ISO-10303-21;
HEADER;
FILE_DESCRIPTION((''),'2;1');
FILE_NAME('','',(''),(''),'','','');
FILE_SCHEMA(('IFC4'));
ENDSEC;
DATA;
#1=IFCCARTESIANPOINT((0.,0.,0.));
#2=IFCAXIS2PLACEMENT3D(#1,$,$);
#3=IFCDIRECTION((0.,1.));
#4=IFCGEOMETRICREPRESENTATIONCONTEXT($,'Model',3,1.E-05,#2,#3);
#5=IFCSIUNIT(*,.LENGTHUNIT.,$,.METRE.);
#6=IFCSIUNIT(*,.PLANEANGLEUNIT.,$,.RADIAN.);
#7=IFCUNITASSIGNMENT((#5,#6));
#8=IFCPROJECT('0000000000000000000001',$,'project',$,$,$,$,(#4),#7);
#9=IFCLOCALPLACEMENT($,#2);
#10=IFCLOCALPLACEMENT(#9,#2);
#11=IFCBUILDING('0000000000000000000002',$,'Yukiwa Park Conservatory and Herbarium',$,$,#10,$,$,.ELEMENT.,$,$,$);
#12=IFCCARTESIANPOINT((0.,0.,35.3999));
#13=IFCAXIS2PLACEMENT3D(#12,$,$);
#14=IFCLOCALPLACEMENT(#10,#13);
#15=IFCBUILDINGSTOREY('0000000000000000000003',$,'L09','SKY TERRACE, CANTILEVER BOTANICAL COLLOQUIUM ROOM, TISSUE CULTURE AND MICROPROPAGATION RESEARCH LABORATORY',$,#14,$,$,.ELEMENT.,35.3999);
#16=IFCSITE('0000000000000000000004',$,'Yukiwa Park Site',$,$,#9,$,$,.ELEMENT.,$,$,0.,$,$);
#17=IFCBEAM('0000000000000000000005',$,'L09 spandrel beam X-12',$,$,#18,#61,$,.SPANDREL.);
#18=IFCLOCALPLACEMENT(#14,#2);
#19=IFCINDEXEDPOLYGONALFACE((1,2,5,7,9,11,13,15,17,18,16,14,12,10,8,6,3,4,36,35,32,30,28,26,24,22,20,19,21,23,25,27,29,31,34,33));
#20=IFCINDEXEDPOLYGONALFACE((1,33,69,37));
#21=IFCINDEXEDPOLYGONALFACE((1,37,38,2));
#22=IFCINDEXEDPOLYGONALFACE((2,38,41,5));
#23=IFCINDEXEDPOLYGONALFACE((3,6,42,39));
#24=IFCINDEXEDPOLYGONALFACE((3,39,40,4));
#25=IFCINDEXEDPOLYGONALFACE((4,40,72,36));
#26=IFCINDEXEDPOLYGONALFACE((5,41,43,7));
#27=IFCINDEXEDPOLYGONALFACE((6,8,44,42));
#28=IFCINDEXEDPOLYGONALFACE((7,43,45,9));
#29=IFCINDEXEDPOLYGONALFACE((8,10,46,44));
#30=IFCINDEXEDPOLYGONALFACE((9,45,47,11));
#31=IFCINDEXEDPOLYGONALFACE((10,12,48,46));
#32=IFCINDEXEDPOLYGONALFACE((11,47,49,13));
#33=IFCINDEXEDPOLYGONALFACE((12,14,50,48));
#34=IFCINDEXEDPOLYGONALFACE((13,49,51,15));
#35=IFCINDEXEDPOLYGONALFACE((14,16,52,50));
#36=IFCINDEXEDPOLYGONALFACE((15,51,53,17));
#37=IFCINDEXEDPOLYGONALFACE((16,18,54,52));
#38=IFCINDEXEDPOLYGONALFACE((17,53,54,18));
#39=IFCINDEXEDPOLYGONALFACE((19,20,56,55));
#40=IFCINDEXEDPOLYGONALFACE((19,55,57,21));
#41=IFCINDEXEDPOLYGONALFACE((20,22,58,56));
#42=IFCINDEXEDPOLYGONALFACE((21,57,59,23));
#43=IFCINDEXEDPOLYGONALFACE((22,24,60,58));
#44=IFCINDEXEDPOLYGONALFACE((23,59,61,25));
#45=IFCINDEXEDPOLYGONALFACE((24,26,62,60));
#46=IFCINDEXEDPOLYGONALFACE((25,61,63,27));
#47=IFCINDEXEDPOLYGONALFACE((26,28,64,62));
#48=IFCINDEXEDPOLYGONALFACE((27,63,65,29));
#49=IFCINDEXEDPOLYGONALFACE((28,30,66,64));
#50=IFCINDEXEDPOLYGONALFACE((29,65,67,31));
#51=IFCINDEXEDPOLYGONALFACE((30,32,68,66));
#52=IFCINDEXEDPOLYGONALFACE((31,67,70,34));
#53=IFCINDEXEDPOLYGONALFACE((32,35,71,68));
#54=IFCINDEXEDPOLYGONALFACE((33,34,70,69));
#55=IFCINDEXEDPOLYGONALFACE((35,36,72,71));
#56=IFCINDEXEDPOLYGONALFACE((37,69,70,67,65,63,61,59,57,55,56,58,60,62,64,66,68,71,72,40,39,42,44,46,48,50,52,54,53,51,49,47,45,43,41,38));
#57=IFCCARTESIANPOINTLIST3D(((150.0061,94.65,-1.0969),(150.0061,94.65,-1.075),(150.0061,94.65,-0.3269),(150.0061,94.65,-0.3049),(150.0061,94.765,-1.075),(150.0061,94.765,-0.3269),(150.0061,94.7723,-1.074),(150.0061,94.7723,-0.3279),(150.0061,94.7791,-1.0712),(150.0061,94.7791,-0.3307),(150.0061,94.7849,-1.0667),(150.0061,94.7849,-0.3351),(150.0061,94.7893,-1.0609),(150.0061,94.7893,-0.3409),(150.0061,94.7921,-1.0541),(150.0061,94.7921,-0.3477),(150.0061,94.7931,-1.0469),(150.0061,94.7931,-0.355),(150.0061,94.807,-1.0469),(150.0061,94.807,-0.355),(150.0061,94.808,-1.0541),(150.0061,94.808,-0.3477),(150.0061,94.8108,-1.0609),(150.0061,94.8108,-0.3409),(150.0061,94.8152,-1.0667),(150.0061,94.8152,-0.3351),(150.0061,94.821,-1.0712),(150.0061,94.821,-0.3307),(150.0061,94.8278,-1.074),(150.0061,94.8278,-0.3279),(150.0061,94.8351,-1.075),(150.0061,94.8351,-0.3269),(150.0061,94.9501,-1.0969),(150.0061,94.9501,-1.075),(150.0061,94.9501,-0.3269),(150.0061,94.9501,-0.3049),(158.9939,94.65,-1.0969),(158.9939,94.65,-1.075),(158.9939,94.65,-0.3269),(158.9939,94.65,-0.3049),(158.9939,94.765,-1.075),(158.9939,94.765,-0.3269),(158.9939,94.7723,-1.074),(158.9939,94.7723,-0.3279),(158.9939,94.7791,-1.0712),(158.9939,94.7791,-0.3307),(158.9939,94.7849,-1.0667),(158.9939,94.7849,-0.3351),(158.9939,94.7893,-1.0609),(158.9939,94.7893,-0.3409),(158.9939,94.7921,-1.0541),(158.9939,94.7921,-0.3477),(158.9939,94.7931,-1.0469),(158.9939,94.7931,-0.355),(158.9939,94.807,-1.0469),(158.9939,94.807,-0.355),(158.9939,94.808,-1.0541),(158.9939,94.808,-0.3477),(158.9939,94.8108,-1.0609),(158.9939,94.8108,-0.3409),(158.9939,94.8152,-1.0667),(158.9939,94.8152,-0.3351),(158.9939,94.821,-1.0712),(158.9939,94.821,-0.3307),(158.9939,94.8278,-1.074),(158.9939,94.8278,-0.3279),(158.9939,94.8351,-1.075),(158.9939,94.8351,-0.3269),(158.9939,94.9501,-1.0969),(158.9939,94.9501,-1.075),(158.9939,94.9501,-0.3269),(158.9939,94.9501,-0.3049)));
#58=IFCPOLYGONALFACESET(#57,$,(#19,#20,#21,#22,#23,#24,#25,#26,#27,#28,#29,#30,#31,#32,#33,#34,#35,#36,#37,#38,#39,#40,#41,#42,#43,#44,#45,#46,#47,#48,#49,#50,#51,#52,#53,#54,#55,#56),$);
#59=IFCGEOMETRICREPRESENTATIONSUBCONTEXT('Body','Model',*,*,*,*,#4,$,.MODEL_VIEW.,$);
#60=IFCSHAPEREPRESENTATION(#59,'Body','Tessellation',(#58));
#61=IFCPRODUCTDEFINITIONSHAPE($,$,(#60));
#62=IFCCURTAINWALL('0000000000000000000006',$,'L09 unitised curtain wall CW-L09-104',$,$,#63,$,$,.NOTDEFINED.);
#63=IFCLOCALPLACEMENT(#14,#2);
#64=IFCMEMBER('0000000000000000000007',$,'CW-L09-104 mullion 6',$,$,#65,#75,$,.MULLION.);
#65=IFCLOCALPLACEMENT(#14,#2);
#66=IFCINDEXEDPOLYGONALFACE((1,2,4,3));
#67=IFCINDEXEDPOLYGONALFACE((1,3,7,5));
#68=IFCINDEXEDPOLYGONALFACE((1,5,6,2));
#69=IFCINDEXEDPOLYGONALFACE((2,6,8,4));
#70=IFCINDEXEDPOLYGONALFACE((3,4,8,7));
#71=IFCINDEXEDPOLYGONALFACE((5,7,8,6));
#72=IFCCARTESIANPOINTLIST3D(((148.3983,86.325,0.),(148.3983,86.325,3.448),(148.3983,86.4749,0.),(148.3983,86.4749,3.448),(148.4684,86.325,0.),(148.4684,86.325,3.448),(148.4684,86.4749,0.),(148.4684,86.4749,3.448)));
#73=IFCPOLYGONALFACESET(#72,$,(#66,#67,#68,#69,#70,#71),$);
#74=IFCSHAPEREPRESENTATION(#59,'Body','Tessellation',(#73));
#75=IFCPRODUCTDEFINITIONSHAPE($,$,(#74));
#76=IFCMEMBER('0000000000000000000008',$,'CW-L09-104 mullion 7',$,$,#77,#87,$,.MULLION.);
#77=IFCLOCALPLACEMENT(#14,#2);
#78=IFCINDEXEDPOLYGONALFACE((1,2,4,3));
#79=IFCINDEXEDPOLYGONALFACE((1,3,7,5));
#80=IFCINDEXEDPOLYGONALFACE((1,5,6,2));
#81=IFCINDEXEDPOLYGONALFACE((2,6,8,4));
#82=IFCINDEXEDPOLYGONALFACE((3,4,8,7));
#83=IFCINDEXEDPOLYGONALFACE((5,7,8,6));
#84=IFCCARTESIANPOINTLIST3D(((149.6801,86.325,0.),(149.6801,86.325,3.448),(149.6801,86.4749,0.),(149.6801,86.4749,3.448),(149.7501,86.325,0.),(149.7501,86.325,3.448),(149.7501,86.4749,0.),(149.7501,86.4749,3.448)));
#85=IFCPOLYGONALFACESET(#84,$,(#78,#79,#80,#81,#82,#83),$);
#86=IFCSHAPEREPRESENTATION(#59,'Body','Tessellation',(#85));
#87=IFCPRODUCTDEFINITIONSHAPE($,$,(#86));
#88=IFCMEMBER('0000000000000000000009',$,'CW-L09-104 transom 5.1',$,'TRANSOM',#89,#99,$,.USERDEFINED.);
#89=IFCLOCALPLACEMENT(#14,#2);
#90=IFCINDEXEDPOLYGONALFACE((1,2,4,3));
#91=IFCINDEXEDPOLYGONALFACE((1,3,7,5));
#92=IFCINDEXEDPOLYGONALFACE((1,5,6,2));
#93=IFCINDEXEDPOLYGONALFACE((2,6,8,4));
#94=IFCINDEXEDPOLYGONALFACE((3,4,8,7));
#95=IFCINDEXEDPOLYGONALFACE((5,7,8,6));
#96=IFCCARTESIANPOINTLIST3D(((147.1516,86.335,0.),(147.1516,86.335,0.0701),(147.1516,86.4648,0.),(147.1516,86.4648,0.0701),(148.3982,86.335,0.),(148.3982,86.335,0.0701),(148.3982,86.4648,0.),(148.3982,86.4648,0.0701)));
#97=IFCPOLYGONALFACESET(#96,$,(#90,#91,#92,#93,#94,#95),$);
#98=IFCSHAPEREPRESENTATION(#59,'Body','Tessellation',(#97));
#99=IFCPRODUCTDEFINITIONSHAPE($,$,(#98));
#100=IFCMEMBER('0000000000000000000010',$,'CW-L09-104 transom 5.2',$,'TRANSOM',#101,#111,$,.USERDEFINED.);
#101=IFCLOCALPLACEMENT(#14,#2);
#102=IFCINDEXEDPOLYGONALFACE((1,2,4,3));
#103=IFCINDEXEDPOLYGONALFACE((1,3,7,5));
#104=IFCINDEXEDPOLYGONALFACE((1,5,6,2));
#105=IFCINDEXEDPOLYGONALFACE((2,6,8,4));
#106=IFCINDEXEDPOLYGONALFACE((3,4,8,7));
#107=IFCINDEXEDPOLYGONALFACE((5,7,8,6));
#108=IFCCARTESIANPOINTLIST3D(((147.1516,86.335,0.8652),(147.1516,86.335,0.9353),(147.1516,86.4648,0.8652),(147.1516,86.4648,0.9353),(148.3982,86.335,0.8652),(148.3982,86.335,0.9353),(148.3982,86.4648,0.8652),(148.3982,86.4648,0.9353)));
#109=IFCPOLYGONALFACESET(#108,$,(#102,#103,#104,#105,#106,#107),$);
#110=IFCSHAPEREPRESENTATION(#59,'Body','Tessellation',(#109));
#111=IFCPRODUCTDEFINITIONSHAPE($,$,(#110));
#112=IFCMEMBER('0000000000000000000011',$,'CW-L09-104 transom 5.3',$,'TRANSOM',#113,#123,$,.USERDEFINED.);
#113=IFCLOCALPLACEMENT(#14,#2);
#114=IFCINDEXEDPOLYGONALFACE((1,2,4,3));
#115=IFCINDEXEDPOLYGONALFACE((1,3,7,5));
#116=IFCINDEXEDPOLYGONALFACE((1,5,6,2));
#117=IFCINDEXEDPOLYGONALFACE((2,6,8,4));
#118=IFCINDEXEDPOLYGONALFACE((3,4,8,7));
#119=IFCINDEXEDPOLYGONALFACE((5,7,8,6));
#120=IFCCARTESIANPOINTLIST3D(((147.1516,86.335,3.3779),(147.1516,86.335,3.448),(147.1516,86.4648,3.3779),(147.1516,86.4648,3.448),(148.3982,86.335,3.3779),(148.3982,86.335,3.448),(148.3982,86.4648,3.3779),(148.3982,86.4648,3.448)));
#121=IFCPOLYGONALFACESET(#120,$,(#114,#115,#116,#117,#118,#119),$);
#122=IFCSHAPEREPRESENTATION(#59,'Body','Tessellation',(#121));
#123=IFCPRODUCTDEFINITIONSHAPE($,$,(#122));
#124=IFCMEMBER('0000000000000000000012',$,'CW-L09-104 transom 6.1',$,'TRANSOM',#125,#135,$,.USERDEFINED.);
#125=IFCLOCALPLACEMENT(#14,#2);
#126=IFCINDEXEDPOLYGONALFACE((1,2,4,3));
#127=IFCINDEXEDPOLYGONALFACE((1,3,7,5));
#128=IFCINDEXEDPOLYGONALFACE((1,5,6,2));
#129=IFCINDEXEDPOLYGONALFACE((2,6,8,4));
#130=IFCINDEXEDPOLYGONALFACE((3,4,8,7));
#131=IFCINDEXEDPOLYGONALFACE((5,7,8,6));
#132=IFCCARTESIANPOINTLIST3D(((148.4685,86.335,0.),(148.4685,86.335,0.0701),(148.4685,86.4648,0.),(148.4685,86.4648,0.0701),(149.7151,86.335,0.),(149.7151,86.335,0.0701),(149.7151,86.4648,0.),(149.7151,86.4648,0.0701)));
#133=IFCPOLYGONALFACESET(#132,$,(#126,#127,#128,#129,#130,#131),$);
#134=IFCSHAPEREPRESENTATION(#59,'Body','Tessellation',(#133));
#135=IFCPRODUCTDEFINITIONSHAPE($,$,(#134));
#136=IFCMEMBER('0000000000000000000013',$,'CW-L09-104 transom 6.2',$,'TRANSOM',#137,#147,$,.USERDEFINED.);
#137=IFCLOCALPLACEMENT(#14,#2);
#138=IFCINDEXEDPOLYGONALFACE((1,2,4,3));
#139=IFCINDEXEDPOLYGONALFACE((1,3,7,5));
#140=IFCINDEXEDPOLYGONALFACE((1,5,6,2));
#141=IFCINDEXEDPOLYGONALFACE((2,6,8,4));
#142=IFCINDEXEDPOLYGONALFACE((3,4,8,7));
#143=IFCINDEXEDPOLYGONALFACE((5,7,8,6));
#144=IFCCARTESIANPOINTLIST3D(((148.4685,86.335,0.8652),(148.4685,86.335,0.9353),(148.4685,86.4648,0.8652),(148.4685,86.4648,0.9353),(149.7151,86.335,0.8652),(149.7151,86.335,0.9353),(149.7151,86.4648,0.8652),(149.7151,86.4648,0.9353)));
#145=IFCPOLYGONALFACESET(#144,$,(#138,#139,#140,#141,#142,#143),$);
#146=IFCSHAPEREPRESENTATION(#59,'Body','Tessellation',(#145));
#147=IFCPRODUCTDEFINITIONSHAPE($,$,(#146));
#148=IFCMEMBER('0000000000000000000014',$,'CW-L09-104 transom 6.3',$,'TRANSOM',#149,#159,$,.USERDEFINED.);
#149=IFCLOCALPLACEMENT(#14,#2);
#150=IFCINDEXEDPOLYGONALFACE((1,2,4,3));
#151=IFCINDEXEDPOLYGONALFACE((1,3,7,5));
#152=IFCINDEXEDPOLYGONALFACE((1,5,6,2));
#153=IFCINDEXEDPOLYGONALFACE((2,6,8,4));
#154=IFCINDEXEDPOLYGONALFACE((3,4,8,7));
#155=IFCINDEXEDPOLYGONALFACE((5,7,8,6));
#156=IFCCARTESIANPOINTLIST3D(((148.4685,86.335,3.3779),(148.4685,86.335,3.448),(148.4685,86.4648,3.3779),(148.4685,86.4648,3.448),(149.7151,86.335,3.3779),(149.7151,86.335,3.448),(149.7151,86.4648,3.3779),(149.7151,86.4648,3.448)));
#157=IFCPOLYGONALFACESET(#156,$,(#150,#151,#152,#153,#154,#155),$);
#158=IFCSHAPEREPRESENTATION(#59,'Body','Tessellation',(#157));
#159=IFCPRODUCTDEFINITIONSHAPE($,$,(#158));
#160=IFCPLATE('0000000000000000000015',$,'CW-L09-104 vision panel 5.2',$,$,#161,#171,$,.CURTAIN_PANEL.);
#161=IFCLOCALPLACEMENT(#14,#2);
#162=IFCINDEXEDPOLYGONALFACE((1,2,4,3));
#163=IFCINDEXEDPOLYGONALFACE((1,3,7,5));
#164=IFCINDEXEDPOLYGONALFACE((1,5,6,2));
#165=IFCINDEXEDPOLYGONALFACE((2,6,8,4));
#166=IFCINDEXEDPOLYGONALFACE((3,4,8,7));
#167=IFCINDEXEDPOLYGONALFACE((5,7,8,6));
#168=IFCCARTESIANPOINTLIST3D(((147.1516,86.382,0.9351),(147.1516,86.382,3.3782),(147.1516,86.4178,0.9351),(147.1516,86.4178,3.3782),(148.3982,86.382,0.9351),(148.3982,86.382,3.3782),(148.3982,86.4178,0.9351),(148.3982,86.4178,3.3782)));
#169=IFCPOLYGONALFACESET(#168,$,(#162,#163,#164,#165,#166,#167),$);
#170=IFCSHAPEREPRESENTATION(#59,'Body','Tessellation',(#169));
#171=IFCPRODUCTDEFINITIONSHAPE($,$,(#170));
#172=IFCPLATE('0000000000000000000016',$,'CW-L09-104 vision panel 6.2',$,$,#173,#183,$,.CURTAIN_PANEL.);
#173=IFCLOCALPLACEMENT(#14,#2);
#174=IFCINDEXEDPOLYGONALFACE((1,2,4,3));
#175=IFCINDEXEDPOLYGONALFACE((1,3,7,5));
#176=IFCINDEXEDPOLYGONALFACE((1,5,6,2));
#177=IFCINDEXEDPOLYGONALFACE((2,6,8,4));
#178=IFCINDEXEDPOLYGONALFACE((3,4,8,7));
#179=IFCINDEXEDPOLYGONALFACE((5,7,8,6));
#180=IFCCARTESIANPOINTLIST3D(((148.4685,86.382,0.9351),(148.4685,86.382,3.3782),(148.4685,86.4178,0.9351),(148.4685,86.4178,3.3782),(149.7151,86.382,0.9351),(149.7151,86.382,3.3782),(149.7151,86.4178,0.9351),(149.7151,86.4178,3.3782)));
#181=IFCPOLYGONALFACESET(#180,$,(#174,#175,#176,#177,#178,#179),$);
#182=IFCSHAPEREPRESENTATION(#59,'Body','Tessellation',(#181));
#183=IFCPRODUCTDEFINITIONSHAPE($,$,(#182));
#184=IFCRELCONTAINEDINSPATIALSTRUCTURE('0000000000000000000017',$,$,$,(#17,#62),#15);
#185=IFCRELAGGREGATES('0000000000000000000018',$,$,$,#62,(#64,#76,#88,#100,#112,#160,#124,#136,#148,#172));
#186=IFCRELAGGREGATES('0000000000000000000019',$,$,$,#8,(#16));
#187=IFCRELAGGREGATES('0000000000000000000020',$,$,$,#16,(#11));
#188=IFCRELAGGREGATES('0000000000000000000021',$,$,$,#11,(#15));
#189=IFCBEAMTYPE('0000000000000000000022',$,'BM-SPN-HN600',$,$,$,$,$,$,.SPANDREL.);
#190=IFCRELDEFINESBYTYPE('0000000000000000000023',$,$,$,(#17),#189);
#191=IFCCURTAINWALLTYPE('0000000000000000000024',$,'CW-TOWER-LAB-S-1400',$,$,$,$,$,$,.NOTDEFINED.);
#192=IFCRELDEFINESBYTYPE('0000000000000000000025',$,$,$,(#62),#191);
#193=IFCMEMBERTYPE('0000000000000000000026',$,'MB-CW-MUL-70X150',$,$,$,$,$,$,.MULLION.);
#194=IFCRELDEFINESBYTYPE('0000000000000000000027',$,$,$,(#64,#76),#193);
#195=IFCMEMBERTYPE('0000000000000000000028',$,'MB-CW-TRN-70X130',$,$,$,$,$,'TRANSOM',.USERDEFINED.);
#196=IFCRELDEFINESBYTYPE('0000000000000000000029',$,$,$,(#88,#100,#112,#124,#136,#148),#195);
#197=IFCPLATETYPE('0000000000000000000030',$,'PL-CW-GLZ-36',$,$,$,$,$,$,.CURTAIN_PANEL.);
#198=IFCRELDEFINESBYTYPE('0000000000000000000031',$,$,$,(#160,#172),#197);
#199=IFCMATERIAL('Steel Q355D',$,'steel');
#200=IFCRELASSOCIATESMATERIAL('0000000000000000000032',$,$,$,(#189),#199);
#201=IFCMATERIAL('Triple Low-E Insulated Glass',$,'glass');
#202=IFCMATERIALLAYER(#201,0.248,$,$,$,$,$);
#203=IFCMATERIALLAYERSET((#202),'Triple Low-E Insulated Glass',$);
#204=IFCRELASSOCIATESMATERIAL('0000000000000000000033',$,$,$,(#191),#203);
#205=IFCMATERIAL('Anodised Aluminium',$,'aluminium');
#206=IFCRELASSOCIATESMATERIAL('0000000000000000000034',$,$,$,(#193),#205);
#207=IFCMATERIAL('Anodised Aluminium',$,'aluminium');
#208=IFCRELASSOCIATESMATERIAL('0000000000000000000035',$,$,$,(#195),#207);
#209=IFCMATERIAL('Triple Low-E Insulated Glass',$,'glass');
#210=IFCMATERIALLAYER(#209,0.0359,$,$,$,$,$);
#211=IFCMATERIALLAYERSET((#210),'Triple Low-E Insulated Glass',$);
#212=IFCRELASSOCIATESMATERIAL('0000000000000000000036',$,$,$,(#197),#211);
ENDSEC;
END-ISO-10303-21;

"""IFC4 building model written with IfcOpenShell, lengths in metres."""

from ifc_helpers import new_model, si_unit, direction, frame, origin, origin_2d, place, context, subcontext, project, spatial, rectangle, i_section, extrude, material, layer, layer_set, material_profile, profile_set, type_object, element, aggregate, save


model = new_model("IFC4")

# Units and contexts
model_context = context("Model", 3, precision=1e-05, world=origin(), true_north=direction((0.0, 1.0)))
body_context = subcontext(model_context, "Body", "Model", "MODEL_VIEW")
ifc_project = project(units=[si_unit("LENGTHUNIT", "METRE"), si_unit("PLANEANGLEUNIT", "RADIAN")], contexts=[model_context])

# Site, building, storey
site_placement = place(None, origin())
site = spatial("IfcSite", under=ifc_project, at=site_placement, Name="Yukiwa Park Site", CompositionType="ELEMENT", RefElevation=0.0)
building_placement = place(site_placement, origin())
building = spatial("IfcBuilding", under=site, at=building_placement, Name="Yukiwa Park Conservatory and Herbarium", CompositionType="ELEMENT")
storey_placement = place(building_placement, frame((0.0, 0.0, 35.3999)))
storey = spatial("IfcBuildingStorey", under=building, at=storey_placement, Name="L09", Description="SKY TERRACE, CANTILEVER BOTANICAL COLLOQUIUM ROOM, TISSUE CULTURE AND MICROPROPAGATION RESEARCH LABORATORY", CompositionType="ELEMENT", Elevation=35.3999)

# Beam
ifc_material_1 = material(Name="Steel Q355D", Category="steel")
ifc_material_profile_1 = material_profile(ifc_material_1, i_section(OverallWidth=0.3, OverallDepth=0.792, WebThickness=0.0139, FlangeThickness=0.022, FilletRadius=0.0281, at=origin_2d()), Name="HN 792x300x14x22")
ifc_profile_set_1 = profile_set([ifc_material_profile_1], Name="Steel Q355D")
beam_type_1 = type_object("IfcBeamType", Name="BM-SPN-HN600", PredefinedType="SPANDREL", material=ifc_profile_set_1)
beam_placement = place(storey_placement, frame((150.0061, 94.8, -0.7009), z_axis=(1.0, 0.0, 0.0), x_axis=(0.0, 1.0, 0.0)))
element("IfcBeam", 1, at=beam_placement, inside=storey, type_object=beam_type_1, Name="L09 spandrel beam X-12", PredefinedType="SPANDREL", context=body_context, shape_type="SweptSolid", body=[
    extrude(i_section(OverallWidth=0.3, OverallDepth=0.792, WebThickness=0.0139, FlangeThickness=0.022, FilletRadius=0.0281, at=origin_2d()), origin(), (0.0, 0.0, 1.0), 8.9878),
])

# Curtain wall, members, plates
ifc_material_2 = material(Name="Triple Low-E Insulated Glass", Category="glass")
ifc_layer_1 = layer(ifc_material_2, 0.248)
ifc_layer_set_1 = layer_set([ifc_layer_1], Name="Triple Low-E Insulated Glass")
curtain_wall_type = type_object("IfcCurtainWallType", Name="CW-TOWER-LAB-S-1400", PredefinedType="NOTDEFINED", material=ifc_layer_set_1)
curtain_wall_placement = place(storey_placement, origin())
curtain_wall = element("IfcCurtainWall", 2, at=curtain_wall_placement, inside=storey, type_object=curtain_wall_type, Name="L09 unitised curtain wall CW-L09-104", PredefinedType="NOTDEFINED")
ifc_material_3 = material(Name="Anodised Aluminium", Category="aluminium")
member_type_1 = type_object("IfcMemberType", Name="MB-CW-MUL-70X150", PredefinedType="MULLION", material=ifc_material_3)
member_1_placement = place(storey_placement, frame((148.4333, 86.3999, 0.0), z_axis=(0.0, 0.0, 1.0), x_axis=(1.0, 0.0, 0.0)))
member_1 = element("IfcMember", 3, at=member_1_placement, type_object=member_type_1, Name="CW-L09-104 mullion 6", PredefinedType="MULLION", context=body_context, shape_type="SweptSolid", body=[
    extrude(rectangle(XDim=0.0701, YDim=0.1499, at=origin_2d()), origin(), (0.0, 0.0, 1.0), 3.448),
])
member_2_placement = place(storey_placement, frame((149.7151, 86.3999, 0.0), z_axis=(0.0, 0.0, 1.0), x_axis=(1.0, 0.0, 0.0)))
member_2 = element("IfcMember", 4, at=member_2_placement, type_object=member_type_1, Name="CW-L09-104 mullion 7", PredefinedType="MULLION", context=body_context, shape_type="SweptSolid", body=[
    extrude(rectangle(XDim=0.0701, YDim=0.1499, at=origin_2d()), origin(), (0.0, 0.0, 1.0), 3.448),
])
ifc_material_4 = material(Name="Anodised Aluminium", Category="aluminium")
member_type_2 = type_object("IfcMemberType", Name="MB-CW-TRN-70X130", ElementType="TRANSOM", PredefinedType="USERDEFINED", material=ifc_material_4)
member_3_placement = place(storey_placement, frame((147.7749, 86.3999, 0.0), z_axis=(0.0, 0.0, 1.0), x_axis=(1.0, 0.0, 0.0)))
member_3 = element("IfcMember", 5, at=member_3_placement, type_object=member_type_2, Name="CW-L09-104 transom 5.1", ObjectType="TRANSOM", PredefinedType="USERDEFINED", context=body_context, shape_type="SweptSolid", body=[
    extrude(rectangle(XDim=1.2466, YDim=0.1299, at=origin_2d()), origin(), (0.0, 0.0, 1.0), 0.0701),
])
member_4_placement = place(storey_placement, frame((147.7749, 86.3999, 0.8652), z_axis=(0.0, 0.0, 1.0), x_axis=(1.0, 0.0, 0.0)))
member_4 = element("IfcMember", 6, at=member_4_placement, type_object=member_type_2, Name="CW-L09-104 transom 5.2", ObjectType="TRANSOM", PredefinedType="USERDEFINED", context=body_context, shape_type="SweptSolid", body=[
    extrude(rectangle(XDim=1.2466, YDim=0.1299, at=origin_2d()), origin(), (0.0, 0.0, 1.0), 0.0701),
])
member_5_placement = place(storey_placement, frame((147.7749, 86.3999, 3.3779), z_axis=(0.0, 0.0, 1.0), x_axis=(1.0, 0.0, 0.0)))
member_5 = element("IfcMember", 7, at=member_5_placement, type_object=member_type_2, Name="CW-L09-104 transom 5.3", ObjectType="TRANSOM", PredefinedType="USERDEFINED", context=body_context, shape_type="SweptSolid", body=[
    extrude(rectangle(XDim=1.2466, YDim=0.1299, at=origin_2d()), origin(), (0.0, 0.0, 1.0), 0.0701),
])
member_6_placement = place(storey_placement, frame((149.0918, 86.3999, 0.0), z_axis=(0.0, 0.0, 1.0), x_axis=(1.0, 0.0, 0.0)))
member_6 = element("IfcMember", 8, at=member_6_placement, type_object=member_type_2, Name="CW-L09-104 transom 6.1", ObjectType="TRANSOM", PredefinedType="USERDEFINED", context=body_context, shape_type="SweptSolid", body=[
    extrude(rectangle(XDim=1.2466, YDim=0.1299, at=origin_2d()), origin(), (0.0, 0.0, 1.0), 0.0701),
])
member_7_placement = place(storey_placement, frame((149.0918, 86.3999, 0.8652), z_axis=(0.0, 0.0, 1.0), x_axis=(1.0, 0.0, 0.0)))
member_7 = element("IfcMember", 9, at=member_7_placement, type_object=member_type_2, Name="CW-L09-104 transom 6.2", ObjectType="TRANSOM", PredefinedType="USERDEFINED", context=body_context, shape_type="SweptSolid", body=[
    extrude(rectangle(XDim=1.2466, YDim=0.1299, at=origin_2d()), origin(), (0.0, 0.0, 1.0), 0.0701),
])
member_8_placement = place(storey_placement, frame((149.0918, 86.3999, 3.3779), z_axis=(0.0, 0.0, 1.0), x_axis=(1.0, 0.0, 0.0)))
member_8 = element("IfcMember", 10, at=member_8_placement, type_object=member_type_2, Name="CW-L09-104 transom 6.3", ObjectType="TRANSOM", PredefinedType="USERDEFINED", context=body_context, shape_type="SweptSolid", body=[
    extrude(rectangle(XDim=1.2466, YDim=0.1299, at=origin_2d()), origin(), (0.0, 0.0, 1.0), 0.0701),
])
ifc_material_5 = material(Name="Triple Low-E Insulated Glass", Category="glass")
ifc_layer_2 = layer(ifc_material_5, 0.0359)
ifc_layer_set_2 = layer_set([ifc_layer_2], Name="Triple Low-E Insulated Glass")
plate_type_1 = type_object("IfcPlateType", Name="PL-CW-GLZ-36", PredefinedType="CURTAIN_PANEL", material=ifc_layer_set_2)
plate_1_placement = place(storey_placement, frame((147.7749, 86.3999, 0.9351), z_axis=(0.0, 0.0, 1.0), x_axis=(1.0, 0.0, 0.0)))
plate_1 = element("IfcPlate", 11, at=plate_1_placement, type_object=plate_type_1, Name="CW-L09-104 vision panel 5.2", PredefinedType="CURTAIN_PANEL", context=body_context, shape_type="SweptSolid", body=[
    extrude(rectangle(XDim=1.2466, YDim=0.0359, at=origin_2d()), origin(), (0.0, 0.0, 1.0), 2.4431),
])
plate_2_placement = place(storey_placement, frame((149.0918, 86.3999, 0.9351), z_axis=(0.0, 0.0, 1.0), x_axis=(1.0, 0.0, 0.0)))
plate_2 = element("IfcPlate", 12, at=plate_2_placement, type_object=plate_type_1, Name="CW-L09-104 vision panel 6.2", PredefinedType="CURTAIN_PANEL", context=body_context, shape_type="SweptSolid", body=[
    extrude(rectangle(XDim=1.2466, YDim=0.0359, at=origin_2d()), origin(), (0.0, 0.0, 1.0), 2.4431),
])
aggregate(curtain_wall, [member_1, member_2, member_3, member_4, member_5, plate_1, member_6, member_7, member_8, plate_2])

save(model, "model.ifc")
